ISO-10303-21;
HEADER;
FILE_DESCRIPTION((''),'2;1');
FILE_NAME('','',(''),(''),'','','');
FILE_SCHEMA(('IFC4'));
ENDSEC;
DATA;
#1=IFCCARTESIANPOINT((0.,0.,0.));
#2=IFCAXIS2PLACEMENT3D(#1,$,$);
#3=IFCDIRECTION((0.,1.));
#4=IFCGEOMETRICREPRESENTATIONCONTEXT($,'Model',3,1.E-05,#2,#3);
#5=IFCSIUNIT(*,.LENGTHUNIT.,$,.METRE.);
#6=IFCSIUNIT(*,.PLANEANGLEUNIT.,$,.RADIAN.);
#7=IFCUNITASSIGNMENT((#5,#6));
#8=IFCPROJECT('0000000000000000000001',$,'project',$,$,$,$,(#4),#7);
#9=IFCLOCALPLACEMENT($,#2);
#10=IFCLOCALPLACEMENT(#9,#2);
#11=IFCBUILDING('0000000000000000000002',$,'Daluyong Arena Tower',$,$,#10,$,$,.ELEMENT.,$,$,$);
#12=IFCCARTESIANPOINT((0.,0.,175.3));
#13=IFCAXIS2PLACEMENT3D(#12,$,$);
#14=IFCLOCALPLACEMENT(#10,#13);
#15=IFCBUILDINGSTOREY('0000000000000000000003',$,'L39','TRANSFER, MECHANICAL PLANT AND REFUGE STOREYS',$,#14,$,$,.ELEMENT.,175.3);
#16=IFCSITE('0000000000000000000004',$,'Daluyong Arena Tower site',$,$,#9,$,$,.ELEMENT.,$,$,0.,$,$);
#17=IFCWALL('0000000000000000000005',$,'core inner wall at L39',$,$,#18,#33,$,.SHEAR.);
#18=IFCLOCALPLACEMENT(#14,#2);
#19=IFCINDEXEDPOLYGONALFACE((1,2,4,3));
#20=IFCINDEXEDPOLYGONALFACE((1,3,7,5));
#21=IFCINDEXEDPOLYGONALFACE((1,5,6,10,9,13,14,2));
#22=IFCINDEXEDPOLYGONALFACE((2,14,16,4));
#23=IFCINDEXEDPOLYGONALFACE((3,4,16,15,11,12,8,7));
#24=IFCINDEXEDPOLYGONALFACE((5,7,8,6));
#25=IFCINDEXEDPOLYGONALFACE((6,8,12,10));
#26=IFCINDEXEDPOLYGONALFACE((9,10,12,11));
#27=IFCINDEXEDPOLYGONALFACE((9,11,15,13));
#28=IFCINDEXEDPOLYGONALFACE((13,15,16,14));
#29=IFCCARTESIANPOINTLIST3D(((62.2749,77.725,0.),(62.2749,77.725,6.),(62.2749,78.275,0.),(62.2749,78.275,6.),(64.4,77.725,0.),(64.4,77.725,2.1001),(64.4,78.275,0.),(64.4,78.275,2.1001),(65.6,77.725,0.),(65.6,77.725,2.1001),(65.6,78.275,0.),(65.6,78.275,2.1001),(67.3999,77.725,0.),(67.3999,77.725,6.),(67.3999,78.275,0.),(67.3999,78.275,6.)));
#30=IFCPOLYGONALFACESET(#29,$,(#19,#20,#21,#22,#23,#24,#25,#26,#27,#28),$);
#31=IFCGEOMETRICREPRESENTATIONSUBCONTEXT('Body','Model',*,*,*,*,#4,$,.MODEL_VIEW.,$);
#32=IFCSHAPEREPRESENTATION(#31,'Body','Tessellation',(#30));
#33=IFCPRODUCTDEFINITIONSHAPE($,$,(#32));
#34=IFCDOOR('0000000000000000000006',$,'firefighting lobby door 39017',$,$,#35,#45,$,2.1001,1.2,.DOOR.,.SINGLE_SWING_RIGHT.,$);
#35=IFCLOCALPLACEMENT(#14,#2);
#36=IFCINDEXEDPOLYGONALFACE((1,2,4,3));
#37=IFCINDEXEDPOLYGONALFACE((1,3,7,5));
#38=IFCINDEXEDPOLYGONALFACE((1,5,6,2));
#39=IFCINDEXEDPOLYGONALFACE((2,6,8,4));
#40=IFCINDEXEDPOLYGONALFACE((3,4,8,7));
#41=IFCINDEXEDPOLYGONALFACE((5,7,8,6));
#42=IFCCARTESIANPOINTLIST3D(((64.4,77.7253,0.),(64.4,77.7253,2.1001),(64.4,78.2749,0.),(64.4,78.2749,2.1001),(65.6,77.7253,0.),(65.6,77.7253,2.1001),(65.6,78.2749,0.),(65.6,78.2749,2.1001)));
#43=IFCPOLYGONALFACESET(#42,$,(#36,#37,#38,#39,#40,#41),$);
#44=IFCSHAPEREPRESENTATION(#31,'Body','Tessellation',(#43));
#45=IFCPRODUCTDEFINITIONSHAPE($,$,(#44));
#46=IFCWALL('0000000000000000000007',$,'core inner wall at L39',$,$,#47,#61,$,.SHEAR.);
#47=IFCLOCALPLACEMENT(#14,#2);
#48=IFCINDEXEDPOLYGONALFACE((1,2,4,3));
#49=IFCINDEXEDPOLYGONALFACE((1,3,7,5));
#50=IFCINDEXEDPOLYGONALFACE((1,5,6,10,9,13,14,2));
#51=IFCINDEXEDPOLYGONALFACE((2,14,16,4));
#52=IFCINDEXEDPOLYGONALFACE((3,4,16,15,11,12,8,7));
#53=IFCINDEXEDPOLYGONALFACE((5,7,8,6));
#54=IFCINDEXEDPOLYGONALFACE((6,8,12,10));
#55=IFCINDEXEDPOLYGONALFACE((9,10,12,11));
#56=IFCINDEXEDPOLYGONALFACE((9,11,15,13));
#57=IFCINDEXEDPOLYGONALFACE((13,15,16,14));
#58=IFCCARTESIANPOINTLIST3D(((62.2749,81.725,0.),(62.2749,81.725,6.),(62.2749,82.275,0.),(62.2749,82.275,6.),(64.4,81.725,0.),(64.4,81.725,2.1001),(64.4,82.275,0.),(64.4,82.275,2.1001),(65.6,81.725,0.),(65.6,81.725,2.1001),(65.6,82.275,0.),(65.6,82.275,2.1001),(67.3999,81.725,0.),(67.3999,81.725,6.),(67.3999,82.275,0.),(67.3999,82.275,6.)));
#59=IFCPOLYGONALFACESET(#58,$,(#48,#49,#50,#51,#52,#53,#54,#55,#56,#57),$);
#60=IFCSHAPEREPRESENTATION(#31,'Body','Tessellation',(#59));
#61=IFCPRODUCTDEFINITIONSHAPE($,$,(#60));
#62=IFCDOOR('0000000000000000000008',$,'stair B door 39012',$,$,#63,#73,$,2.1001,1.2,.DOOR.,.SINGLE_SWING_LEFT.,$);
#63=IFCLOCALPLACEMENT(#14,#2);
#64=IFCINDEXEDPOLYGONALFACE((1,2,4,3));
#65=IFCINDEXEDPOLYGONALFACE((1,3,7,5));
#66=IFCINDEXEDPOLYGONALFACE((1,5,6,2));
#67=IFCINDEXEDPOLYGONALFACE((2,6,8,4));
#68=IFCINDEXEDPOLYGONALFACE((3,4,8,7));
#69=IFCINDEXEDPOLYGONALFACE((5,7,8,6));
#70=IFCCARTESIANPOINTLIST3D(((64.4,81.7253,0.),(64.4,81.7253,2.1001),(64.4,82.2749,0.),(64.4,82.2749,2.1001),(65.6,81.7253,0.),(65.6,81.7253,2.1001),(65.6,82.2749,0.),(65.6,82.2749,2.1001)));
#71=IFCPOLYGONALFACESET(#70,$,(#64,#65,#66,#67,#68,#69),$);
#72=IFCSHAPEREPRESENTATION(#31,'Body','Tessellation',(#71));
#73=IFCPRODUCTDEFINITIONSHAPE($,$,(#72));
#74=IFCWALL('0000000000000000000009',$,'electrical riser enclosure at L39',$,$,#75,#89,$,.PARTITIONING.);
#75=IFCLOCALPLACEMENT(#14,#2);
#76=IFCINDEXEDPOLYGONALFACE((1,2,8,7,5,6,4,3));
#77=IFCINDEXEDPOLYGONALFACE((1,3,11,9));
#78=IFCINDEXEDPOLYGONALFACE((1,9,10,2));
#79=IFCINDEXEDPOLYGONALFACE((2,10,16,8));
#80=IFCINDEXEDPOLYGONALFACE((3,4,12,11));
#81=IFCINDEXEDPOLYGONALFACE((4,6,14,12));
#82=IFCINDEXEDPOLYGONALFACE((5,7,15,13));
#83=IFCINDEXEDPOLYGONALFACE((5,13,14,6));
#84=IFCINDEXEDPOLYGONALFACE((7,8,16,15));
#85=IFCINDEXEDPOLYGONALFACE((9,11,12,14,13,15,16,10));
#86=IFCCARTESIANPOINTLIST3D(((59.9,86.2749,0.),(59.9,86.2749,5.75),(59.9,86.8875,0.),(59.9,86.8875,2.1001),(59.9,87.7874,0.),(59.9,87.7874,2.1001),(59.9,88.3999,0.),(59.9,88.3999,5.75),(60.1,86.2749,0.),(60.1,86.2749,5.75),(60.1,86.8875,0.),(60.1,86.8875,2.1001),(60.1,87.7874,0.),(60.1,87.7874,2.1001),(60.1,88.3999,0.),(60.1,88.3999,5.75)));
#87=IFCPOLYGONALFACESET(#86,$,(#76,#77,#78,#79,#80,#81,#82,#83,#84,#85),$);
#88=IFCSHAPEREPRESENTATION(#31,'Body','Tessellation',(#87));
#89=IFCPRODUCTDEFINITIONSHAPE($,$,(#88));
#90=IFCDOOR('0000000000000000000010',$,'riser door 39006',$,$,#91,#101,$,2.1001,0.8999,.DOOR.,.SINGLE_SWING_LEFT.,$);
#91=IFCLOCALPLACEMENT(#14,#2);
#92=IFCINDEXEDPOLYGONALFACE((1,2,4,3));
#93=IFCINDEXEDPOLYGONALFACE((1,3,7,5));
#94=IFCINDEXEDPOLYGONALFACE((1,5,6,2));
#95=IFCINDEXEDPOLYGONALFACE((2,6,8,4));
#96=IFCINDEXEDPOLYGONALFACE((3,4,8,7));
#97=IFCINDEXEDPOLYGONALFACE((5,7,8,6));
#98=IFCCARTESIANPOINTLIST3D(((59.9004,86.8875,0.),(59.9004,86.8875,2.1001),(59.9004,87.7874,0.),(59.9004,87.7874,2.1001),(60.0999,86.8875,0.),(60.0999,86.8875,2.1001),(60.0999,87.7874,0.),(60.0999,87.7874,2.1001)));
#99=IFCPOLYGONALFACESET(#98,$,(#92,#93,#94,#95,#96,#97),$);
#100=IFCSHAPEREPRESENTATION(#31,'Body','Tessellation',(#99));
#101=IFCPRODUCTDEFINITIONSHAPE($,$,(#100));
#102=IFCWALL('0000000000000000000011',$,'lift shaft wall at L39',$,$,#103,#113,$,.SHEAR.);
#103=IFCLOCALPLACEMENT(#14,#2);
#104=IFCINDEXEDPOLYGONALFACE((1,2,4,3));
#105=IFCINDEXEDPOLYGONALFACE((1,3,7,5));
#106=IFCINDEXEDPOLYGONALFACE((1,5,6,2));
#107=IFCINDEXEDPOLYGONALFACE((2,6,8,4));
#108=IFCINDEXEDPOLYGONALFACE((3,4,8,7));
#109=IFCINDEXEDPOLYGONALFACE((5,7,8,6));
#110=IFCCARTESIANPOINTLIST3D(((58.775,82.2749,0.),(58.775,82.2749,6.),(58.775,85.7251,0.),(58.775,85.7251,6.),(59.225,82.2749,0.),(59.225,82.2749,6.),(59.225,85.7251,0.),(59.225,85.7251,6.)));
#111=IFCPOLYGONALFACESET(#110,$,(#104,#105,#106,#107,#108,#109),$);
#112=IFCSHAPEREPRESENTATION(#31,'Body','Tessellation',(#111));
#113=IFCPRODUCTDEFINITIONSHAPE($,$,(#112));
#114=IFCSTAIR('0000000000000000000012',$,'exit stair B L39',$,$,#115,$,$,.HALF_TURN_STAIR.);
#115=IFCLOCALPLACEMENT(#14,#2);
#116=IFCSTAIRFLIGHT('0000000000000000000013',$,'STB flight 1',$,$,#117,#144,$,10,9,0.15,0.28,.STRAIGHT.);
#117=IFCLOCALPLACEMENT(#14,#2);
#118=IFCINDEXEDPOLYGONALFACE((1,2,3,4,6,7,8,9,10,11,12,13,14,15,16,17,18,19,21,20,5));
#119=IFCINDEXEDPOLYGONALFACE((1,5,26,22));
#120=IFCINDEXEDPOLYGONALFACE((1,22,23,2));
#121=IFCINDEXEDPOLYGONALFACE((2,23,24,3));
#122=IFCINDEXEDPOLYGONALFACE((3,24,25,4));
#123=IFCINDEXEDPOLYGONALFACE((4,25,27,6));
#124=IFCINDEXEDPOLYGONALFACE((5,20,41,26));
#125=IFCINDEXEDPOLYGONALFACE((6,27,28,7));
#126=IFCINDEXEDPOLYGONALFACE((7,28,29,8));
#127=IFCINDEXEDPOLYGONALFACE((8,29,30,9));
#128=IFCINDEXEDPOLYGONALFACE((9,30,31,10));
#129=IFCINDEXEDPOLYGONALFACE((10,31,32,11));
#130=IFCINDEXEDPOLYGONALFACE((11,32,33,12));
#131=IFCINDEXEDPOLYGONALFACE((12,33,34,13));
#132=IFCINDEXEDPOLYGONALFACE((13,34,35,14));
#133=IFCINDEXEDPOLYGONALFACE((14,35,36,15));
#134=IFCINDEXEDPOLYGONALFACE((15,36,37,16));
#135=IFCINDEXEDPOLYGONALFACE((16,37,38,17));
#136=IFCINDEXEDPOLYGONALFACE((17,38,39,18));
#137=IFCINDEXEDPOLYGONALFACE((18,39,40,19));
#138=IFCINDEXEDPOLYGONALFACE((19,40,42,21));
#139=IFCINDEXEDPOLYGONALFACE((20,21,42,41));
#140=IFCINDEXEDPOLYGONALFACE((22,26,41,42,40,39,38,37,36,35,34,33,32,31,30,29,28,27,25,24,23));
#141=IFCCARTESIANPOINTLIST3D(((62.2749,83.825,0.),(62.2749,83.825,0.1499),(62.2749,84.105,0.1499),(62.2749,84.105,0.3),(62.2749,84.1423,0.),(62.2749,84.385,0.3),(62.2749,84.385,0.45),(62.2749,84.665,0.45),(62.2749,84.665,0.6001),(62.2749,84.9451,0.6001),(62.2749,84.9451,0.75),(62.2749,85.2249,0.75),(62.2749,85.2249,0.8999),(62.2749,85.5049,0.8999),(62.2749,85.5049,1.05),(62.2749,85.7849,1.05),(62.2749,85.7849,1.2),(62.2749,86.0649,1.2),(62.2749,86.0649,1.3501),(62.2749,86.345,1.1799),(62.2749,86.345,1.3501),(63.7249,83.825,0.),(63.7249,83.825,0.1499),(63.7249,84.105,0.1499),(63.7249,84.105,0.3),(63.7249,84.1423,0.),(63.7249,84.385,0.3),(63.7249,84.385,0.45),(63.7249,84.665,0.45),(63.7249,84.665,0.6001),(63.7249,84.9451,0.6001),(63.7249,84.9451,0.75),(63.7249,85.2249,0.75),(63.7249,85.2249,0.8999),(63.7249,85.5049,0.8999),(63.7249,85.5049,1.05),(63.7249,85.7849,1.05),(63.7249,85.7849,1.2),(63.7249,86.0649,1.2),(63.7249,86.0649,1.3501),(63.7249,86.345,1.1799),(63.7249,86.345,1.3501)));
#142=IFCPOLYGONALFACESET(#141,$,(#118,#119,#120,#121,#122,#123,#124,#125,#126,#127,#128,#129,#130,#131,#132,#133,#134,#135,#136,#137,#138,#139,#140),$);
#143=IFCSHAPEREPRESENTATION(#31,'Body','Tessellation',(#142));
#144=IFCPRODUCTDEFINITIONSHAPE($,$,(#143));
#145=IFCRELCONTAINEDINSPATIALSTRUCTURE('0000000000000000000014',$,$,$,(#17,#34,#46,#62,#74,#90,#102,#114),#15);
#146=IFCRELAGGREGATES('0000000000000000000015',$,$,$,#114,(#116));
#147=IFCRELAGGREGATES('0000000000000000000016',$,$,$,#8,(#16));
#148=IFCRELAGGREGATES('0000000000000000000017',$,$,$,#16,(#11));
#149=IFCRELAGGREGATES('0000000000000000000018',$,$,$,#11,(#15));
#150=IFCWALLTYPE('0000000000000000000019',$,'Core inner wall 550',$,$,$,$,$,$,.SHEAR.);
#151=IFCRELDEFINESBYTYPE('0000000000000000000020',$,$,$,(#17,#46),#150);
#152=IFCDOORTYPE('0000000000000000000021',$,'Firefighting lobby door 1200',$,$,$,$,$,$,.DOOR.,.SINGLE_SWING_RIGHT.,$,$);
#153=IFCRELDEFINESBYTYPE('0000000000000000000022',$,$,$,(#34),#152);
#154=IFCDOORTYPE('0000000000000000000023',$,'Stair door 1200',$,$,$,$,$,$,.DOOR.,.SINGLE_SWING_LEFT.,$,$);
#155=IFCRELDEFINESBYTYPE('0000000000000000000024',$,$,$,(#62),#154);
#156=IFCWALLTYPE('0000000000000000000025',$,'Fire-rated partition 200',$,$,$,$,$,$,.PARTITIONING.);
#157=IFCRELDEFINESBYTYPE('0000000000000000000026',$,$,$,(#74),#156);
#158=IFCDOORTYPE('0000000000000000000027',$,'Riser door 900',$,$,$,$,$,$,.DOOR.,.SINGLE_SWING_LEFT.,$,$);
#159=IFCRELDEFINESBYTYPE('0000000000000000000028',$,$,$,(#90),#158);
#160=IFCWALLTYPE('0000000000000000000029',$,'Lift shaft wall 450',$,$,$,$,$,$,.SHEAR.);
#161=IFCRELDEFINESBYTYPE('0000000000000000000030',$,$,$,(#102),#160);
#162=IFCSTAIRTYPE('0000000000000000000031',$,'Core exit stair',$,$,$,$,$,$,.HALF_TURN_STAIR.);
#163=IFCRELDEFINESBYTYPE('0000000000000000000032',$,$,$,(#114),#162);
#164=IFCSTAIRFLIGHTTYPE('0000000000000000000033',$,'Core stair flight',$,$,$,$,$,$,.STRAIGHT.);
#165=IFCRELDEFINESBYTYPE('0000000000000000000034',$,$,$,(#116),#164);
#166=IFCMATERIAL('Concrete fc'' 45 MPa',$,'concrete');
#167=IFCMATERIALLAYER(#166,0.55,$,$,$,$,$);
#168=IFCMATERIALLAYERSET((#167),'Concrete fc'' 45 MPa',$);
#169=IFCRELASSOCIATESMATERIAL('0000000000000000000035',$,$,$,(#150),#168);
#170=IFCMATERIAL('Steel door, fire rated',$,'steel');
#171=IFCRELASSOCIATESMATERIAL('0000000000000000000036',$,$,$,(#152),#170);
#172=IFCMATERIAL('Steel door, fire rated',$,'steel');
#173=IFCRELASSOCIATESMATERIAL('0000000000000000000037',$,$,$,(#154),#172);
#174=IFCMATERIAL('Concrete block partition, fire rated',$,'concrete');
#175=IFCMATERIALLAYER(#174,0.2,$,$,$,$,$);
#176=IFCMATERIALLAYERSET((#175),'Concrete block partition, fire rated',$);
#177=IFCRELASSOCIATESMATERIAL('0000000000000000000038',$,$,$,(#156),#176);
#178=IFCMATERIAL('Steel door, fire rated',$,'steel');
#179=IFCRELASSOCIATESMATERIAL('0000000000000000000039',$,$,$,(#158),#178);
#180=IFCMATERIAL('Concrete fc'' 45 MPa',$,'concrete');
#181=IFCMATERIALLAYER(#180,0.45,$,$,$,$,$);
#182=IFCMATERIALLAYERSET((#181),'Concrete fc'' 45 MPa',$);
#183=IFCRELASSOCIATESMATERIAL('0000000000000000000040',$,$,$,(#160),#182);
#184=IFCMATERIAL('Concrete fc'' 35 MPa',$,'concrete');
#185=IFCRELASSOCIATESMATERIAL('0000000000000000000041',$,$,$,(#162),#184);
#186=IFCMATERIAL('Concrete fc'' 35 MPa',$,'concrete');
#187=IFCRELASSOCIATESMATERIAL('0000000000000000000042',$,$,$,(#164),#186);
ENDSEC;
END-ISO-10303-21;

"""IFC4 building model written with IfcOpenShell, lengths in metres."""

from ifc_helpers import new_model, si_unit, direction, frame, frame_2d, origin, place, context, subcontext, project, spatial, polyline, rectangle, outline, extrude, material, layer, layer_set, type_object, element, fill, aggregate, save


model = new_model("IFC4")

# Units and contexts
model_context = context("Model", 3, precision=1e-05, world=origin(), true_north=direction((0.0, 1.0)))
body_context = subcontext(model_context, "Body", "Model", "MODEL_VIEW")
ifc_project = project(units=[si_unit("LENGTHUNIT", "METRE"), si_unit("PLANEANGLEUNIT", "RADIAN")], contexts=[model_context])

# Site, building, storey
site_placement = place(None, origin())
site = spatial("IfcSite", under=ifc_project, at=site_placement, Name="Daluyong Arena Tower site", CompositionType="ELEMENT", RefElevation=0.0)
building_placement = place(site_placement, origin())
building = spatial("IfcBuilding", under=site, at=building_placement, Name="Daluyong Arena Tower", CompositionType="ELEMENT")
storey_placement = place(building_placement, frame((0.0, 0.0, 175.3)))
storey = spatial("IfcBuildingStorey", under=building, at=storey_placement, Name="L39", Description="TRANSFER, MECHANICAL PLANT AND REFUGE STOREYS", CompositionType="ELEMENT", Elevation=175.3)

# Walls, openings, doors
ifc_material_1 = material(Name="Concrete fc' 45 MPa", Category="concrete")
ifc_layer_1 = layer(ifc_material_1, 0.55)
ifc_layer_set_1 = layer_set([ifc_layer_1], Name="Concrete fc' 45 MPa")
wall_type_1 = type_object("IfcWallType", Name="Core inner wall 550", PredefinedType="SHEAR", material=ifc_layer_set_1)
wall_1_placement = place(storey_placement, frame((62.2749, 78.0, 0.0), z_axis=(0.0, 0.0, 1.0), x_axis=(1.0, 0.0, 0.0)))
wall_1 = element("IfcWall", 1, at=wall_1_placement, inside=storey, type_object=wall_type_1, Name="core inner wall at L39", PredefinedType="SHEAR", context=body_context, shape_type="SweptSolid", body=[
    extrude(rectangle(XDim=5.125, YDim=0.55, at=frame_2d((2.5625, 0.0))), origin(), (0.0, 0.0, 1.0), 6.0),
])
opening_1_placement = place(wall_1_placement, frame((2.125, 0.0, 0.0)))
opening_1 = element("IfcOpeningElement", 2, at=opening_1_placement, cuts=wall_1, PredefinedType="OPENING", context=body_context, shape_type="SweptSolid", body=[
    extrude(rectangle(XDim=1.2, YDim=2.1001, at=frame_2d((0.6001, 1.05))), frame((0.0, 0.2849, 0.0), z_axis=(0.0, -1.0, 0.0), x_axis=(1.0, 0.0, 0.0)), (0.0, 0.0, 1.0), 0.5701),
])
ifc_material_2 = material(Name="Steel door, fire rated", Category="steel")
door_type_1 = type_object("IfcDoorType", Name="Firefighting lobby door 1200", OperationType="SINGLE_SWING_RIGHT", PredefinedType="DOOR", material=ifc_material_2)
door_1_placement = place(opening_1_placement, origin())
door_1 = element("IfcDoor", 3, at=door_1_placement, inside=storey, type_object=door_type_1, Name="firefighting lobby door 39017", OperationType="SINGLE_SWING_RIGHT", OverallHeight=2.1001, OverallWidth=1.2, PredefinedType="DOOR", context=body_context, shape_type="SweptSolid", body=[
    extrude(rectangle(XDim=1.2, YDim=2.1001, at=frame_2d((0.6001, 1.05))), frame((0.0, 0.2749, 0.0), z_axis=(0.0, -1.0, 0.0), x_axis=(1.0, 0.0, 0.0)), (0.0, 0.0, 1.0), 0.5496),
])
fill(opening_1, door_1)
wall_2_placement = place(storey_placement, frame((62.2749, 82.0, 0.0), z_axis=(0.0, 0.0, 1.0), x_axis=(1.0, 0.0, 0.0)))
wall_2 = element("IfcWall", 4, at=wall_2_placement, inside=storey, type_object=wall_type_1, Name="core inner wall at L39", PredefinedType="SHEAR", context=body_context, shape_type="SweptSolid", body=[
    extrude(rectangle(XDim=5.125, YDim=0.55, at=frame_2d((2.5625, 0.0))), origin(), (0.0, 0.0, 1.0), 6.0),
])
opening_2_placement = place(wall_2_placement, frame((2.125, 0.0, 0.0)))
opening_2 = element("IfcOpeningElement", 5, at=opening_2_placement, cuts=wall_2, PredefinedType="OPENING", context=body_context, shape_type="SweptSolid", body=[
    extrude(rectangle(XDim=1.2, YDim=2.1001, at=frame_2d((0.6001, 1.05))), frame((0.0, 0.2849, 0.0), z_axis=(0.0, -1.0, 0.0), x_axis=(1.0, 0.0, 0.0)), (0.0, 0.0, 1.0), 0.5701),
])
ifc_material_3 = material(Name="Steel door, fire rated", Category="steel")
door_type_2 = type_object("IfcDoorType", Name="Stair door 1200", OperationType="SINGLE_SWING_LEFT", PredefinedType="DOOR", material=ifc_material_3)
door_2_placement = place(opening_2_placement, origin())
door_2 = element("IfcDoor", 6, at=door_2_placement, inside=storey, type_object=door_type_2, Name="stair B door 39012", OperationType="SINGLE_SWING_LEFT", OverallHeight=2.1001, OverallWidth=1.2, PredefinedType="DOOR", context=body_context, shape_type="SweptSolid", body=[
    extrude(rectangle(XDim=1.2, YDim=2.1001, at=frame_2d((0.6001, 1.05))), frame((0.0, 0.2749, 0.0), z_axis=(0.0, -1.0, 0.0), x_axis=(1.0, 0.0, 0.0)), (0.0, 0.0, 1.0), 0.5496),
])
fill(opening_2, door_2)
ifc_material_4 = material(Name="Concrete block partition, fire rated", Category="concrete")
ifc_layer_2 = layer(ifc_material_4, 0.2)
ifc_layer_set_2 = layer_set([ifc_layer_2], Name="Concrete block partition, fire rated")
wall_type_2 = type_object("IfcWallType", Name="Fire-rated partition 200", PredefinedType="PARTITIONING", material=ifc_layer_set_2)
wall_3_placement = place(storey_placement, frame((60.0, 86.2749, 0.0), z_axis=(0.0, 0.0, 1.0), x_axis=(0.0, 1.0, 0.0)))
wall_3 = element("IfcWall", 7, at=wall_3_placement, inside=storey, type_object=wall_type_2, Name="electrical riser enclosure at L39", PredefinedType="PARTITIONING", context=body_context, shape_type="SweptSolid", body=[
    extrude(rectangle(XDim=2.125, YDim=0.2, at=frame_2d((1.0625, 0.0))), origin(), (0.0, 0.0, 1.0), 5.75),
])
opening_3_placement = place(wall_3_placement, frame((0.6125, 0.0, 0.0)))
opening_3 = element("IfcOpeningElement", 8, at=opening_3_placement, cuts=wall_3, PredefinedType="OPENING", context=body_context, shape_type="SweptSolid", body=[
    extrude(rectangle(XDim=0.8999, YDim=2.1001, at=frame_2d((0.45, 1.05))), frame((0.0, 0.1099, 0.0), z_axis=(0.0, -1.0, 0.0), x_axis=(1.0, 0.0, 0.0)), (0.0, 0.0, 1.0), 0.22),
])
ifc_material_5 = material(Name="Steel door, fire rated", Category="steel")
door_type_3 = type_object("IfcDoorType", Name="Riser door 900", OperationType="SINGLE_SWING_LEFT", PredefinedType="DOOR", material=ifc_material_5)
door_3_placement = place(opening_3_placement, origin())
door_3 = element("IfcDoor", 9, at=door_3_placement, inside=storey, type_object=door_type_3, Name="riser door 39006", OperationType="SINGLE_SWING_LEFT", OverallHeight=2.1001, OverallWidth=0.8999, PredefinedType="DOOR", context=body_context, shape_type="SweptSolid", body=[
    extrude(rectangle(XDim=0.8999, YDim=2.1001, at=frame_2d((0.45, 1.05))), frame((0.0, 0.0996, 0.0), z_axis=(0.0, -1.0, 0.0), x_axis=(1.0, 0.0, 0.0)), (0.0, 0.0, 1.0), 0.1995),
])
fill(opening_3, door_3)

# Wall
ifc_material_6 = material(Name="Concrete fc' 45 MPa", Category="concrete")
ifc_layer_3 = layer(ifc_material_6, 0.45)
ifc_layer_set_3 = layer_set([ifc_layer_3], Name="Concrete fc' 45 MPa")
wall_type_3 = type_object("IfcWallType", Name="Lift shaft wall 450", PredefinedType="SHEAR", material=ifc_layer_set_3)
wall_4_placement = place(storey_placement, frame((59.0, 82.2749, 0.0), z_axis=(0.0, 0.0, 1.0), x_axis=(0.0, 1.0, 0.0)))
element("IfcWall", 10, at=wall_4_placement, inside=storey, type_object=wall_type_3, Name="lift shaft wall at L39", PredefinedType="SHEAR", context=body_context, shape_type="SweptSolid", body=[
    extrude(rectangle(XDim=3.4502, YDim=0.45, at=frame_2d((1.7251, 0.0))), origin(), (0.0, 0.0, 1.0), 6.0),
])

# Stair, stair flight
ifc_material_7 = material(Name="Concrete fc' 35 MPa", Category="concrete")
stair_type = type_object("IfcStairType", Name="Core exit stair", PredefinedType="HALF_TURN_STAIR", material=ifc_material_7)
stair_placement = place(storey_placement, origin())
stair = element("IfcStair", 11, at=stair_placement, inside=storey, type_object=stair_type, Name="exit stair B L39", PredefinedType="HALF_TURN_STAIR")
ifc_material_8 = material(Name="Concrete fc' 35 MPa", Category="concrete")
stair_flight_type = type_object("IfcStairFlightType", Name="Core stair flight", PredefinedType="STRAIGHT", material=ifc_material_8)
stair_flight_1_placement = place(storey_placement, frame((63.0, 83.825, 0.0), z_axis=(0.0, 0.0, 1.0), x_axis=(0.0, 1.0, 0.0)))
stair_flight_1 = element("IfcStairFlight", 12, at=stair_flight_1_placement, type_object=stair_flight_type, Name="STB flight 1", NumberOfRisers=10, NumberOfTreads=9, PredefinedType="STRAIGHT", RiserHeight=0.15, TreadLength=0.28, context=body_context, shape_type="SweptSolid", body=[
    extrude(outline(polyline([(0.0, 0.0), (0.0, 0.1499), (0.28, 0.1499), (0.28, 0.3), (0.5601, 0.3), (0.5601, 0.45), (0.8401, 0.45), (0.8401, 0.6001), (1.1201, 0.6001), (1.1201, 0.75), (1.3999, 0.75), (1.3999, 0.8999), (1.6799, 0.8999), (1.6799, 1.05), (1.96, 1.05), (1.96, 1.2), (2.24, 1.2), (2.24, 1.3501), (2.52, 1.3501), (2.52, 1.5), (2.52, 1.1799), (0.3174, 0.0), (0.0, 0.0)])), frame((0.0, 0.7251, 0.0), z_axis=(0.0, -1.0, 0.0), x_axis=(1.0, 0.0, 0.0)), (0.0, 0.0, 1.0), 1.45),
])
aggregate(stair, [stair_flight_1])

save(model, "model.ifc")
